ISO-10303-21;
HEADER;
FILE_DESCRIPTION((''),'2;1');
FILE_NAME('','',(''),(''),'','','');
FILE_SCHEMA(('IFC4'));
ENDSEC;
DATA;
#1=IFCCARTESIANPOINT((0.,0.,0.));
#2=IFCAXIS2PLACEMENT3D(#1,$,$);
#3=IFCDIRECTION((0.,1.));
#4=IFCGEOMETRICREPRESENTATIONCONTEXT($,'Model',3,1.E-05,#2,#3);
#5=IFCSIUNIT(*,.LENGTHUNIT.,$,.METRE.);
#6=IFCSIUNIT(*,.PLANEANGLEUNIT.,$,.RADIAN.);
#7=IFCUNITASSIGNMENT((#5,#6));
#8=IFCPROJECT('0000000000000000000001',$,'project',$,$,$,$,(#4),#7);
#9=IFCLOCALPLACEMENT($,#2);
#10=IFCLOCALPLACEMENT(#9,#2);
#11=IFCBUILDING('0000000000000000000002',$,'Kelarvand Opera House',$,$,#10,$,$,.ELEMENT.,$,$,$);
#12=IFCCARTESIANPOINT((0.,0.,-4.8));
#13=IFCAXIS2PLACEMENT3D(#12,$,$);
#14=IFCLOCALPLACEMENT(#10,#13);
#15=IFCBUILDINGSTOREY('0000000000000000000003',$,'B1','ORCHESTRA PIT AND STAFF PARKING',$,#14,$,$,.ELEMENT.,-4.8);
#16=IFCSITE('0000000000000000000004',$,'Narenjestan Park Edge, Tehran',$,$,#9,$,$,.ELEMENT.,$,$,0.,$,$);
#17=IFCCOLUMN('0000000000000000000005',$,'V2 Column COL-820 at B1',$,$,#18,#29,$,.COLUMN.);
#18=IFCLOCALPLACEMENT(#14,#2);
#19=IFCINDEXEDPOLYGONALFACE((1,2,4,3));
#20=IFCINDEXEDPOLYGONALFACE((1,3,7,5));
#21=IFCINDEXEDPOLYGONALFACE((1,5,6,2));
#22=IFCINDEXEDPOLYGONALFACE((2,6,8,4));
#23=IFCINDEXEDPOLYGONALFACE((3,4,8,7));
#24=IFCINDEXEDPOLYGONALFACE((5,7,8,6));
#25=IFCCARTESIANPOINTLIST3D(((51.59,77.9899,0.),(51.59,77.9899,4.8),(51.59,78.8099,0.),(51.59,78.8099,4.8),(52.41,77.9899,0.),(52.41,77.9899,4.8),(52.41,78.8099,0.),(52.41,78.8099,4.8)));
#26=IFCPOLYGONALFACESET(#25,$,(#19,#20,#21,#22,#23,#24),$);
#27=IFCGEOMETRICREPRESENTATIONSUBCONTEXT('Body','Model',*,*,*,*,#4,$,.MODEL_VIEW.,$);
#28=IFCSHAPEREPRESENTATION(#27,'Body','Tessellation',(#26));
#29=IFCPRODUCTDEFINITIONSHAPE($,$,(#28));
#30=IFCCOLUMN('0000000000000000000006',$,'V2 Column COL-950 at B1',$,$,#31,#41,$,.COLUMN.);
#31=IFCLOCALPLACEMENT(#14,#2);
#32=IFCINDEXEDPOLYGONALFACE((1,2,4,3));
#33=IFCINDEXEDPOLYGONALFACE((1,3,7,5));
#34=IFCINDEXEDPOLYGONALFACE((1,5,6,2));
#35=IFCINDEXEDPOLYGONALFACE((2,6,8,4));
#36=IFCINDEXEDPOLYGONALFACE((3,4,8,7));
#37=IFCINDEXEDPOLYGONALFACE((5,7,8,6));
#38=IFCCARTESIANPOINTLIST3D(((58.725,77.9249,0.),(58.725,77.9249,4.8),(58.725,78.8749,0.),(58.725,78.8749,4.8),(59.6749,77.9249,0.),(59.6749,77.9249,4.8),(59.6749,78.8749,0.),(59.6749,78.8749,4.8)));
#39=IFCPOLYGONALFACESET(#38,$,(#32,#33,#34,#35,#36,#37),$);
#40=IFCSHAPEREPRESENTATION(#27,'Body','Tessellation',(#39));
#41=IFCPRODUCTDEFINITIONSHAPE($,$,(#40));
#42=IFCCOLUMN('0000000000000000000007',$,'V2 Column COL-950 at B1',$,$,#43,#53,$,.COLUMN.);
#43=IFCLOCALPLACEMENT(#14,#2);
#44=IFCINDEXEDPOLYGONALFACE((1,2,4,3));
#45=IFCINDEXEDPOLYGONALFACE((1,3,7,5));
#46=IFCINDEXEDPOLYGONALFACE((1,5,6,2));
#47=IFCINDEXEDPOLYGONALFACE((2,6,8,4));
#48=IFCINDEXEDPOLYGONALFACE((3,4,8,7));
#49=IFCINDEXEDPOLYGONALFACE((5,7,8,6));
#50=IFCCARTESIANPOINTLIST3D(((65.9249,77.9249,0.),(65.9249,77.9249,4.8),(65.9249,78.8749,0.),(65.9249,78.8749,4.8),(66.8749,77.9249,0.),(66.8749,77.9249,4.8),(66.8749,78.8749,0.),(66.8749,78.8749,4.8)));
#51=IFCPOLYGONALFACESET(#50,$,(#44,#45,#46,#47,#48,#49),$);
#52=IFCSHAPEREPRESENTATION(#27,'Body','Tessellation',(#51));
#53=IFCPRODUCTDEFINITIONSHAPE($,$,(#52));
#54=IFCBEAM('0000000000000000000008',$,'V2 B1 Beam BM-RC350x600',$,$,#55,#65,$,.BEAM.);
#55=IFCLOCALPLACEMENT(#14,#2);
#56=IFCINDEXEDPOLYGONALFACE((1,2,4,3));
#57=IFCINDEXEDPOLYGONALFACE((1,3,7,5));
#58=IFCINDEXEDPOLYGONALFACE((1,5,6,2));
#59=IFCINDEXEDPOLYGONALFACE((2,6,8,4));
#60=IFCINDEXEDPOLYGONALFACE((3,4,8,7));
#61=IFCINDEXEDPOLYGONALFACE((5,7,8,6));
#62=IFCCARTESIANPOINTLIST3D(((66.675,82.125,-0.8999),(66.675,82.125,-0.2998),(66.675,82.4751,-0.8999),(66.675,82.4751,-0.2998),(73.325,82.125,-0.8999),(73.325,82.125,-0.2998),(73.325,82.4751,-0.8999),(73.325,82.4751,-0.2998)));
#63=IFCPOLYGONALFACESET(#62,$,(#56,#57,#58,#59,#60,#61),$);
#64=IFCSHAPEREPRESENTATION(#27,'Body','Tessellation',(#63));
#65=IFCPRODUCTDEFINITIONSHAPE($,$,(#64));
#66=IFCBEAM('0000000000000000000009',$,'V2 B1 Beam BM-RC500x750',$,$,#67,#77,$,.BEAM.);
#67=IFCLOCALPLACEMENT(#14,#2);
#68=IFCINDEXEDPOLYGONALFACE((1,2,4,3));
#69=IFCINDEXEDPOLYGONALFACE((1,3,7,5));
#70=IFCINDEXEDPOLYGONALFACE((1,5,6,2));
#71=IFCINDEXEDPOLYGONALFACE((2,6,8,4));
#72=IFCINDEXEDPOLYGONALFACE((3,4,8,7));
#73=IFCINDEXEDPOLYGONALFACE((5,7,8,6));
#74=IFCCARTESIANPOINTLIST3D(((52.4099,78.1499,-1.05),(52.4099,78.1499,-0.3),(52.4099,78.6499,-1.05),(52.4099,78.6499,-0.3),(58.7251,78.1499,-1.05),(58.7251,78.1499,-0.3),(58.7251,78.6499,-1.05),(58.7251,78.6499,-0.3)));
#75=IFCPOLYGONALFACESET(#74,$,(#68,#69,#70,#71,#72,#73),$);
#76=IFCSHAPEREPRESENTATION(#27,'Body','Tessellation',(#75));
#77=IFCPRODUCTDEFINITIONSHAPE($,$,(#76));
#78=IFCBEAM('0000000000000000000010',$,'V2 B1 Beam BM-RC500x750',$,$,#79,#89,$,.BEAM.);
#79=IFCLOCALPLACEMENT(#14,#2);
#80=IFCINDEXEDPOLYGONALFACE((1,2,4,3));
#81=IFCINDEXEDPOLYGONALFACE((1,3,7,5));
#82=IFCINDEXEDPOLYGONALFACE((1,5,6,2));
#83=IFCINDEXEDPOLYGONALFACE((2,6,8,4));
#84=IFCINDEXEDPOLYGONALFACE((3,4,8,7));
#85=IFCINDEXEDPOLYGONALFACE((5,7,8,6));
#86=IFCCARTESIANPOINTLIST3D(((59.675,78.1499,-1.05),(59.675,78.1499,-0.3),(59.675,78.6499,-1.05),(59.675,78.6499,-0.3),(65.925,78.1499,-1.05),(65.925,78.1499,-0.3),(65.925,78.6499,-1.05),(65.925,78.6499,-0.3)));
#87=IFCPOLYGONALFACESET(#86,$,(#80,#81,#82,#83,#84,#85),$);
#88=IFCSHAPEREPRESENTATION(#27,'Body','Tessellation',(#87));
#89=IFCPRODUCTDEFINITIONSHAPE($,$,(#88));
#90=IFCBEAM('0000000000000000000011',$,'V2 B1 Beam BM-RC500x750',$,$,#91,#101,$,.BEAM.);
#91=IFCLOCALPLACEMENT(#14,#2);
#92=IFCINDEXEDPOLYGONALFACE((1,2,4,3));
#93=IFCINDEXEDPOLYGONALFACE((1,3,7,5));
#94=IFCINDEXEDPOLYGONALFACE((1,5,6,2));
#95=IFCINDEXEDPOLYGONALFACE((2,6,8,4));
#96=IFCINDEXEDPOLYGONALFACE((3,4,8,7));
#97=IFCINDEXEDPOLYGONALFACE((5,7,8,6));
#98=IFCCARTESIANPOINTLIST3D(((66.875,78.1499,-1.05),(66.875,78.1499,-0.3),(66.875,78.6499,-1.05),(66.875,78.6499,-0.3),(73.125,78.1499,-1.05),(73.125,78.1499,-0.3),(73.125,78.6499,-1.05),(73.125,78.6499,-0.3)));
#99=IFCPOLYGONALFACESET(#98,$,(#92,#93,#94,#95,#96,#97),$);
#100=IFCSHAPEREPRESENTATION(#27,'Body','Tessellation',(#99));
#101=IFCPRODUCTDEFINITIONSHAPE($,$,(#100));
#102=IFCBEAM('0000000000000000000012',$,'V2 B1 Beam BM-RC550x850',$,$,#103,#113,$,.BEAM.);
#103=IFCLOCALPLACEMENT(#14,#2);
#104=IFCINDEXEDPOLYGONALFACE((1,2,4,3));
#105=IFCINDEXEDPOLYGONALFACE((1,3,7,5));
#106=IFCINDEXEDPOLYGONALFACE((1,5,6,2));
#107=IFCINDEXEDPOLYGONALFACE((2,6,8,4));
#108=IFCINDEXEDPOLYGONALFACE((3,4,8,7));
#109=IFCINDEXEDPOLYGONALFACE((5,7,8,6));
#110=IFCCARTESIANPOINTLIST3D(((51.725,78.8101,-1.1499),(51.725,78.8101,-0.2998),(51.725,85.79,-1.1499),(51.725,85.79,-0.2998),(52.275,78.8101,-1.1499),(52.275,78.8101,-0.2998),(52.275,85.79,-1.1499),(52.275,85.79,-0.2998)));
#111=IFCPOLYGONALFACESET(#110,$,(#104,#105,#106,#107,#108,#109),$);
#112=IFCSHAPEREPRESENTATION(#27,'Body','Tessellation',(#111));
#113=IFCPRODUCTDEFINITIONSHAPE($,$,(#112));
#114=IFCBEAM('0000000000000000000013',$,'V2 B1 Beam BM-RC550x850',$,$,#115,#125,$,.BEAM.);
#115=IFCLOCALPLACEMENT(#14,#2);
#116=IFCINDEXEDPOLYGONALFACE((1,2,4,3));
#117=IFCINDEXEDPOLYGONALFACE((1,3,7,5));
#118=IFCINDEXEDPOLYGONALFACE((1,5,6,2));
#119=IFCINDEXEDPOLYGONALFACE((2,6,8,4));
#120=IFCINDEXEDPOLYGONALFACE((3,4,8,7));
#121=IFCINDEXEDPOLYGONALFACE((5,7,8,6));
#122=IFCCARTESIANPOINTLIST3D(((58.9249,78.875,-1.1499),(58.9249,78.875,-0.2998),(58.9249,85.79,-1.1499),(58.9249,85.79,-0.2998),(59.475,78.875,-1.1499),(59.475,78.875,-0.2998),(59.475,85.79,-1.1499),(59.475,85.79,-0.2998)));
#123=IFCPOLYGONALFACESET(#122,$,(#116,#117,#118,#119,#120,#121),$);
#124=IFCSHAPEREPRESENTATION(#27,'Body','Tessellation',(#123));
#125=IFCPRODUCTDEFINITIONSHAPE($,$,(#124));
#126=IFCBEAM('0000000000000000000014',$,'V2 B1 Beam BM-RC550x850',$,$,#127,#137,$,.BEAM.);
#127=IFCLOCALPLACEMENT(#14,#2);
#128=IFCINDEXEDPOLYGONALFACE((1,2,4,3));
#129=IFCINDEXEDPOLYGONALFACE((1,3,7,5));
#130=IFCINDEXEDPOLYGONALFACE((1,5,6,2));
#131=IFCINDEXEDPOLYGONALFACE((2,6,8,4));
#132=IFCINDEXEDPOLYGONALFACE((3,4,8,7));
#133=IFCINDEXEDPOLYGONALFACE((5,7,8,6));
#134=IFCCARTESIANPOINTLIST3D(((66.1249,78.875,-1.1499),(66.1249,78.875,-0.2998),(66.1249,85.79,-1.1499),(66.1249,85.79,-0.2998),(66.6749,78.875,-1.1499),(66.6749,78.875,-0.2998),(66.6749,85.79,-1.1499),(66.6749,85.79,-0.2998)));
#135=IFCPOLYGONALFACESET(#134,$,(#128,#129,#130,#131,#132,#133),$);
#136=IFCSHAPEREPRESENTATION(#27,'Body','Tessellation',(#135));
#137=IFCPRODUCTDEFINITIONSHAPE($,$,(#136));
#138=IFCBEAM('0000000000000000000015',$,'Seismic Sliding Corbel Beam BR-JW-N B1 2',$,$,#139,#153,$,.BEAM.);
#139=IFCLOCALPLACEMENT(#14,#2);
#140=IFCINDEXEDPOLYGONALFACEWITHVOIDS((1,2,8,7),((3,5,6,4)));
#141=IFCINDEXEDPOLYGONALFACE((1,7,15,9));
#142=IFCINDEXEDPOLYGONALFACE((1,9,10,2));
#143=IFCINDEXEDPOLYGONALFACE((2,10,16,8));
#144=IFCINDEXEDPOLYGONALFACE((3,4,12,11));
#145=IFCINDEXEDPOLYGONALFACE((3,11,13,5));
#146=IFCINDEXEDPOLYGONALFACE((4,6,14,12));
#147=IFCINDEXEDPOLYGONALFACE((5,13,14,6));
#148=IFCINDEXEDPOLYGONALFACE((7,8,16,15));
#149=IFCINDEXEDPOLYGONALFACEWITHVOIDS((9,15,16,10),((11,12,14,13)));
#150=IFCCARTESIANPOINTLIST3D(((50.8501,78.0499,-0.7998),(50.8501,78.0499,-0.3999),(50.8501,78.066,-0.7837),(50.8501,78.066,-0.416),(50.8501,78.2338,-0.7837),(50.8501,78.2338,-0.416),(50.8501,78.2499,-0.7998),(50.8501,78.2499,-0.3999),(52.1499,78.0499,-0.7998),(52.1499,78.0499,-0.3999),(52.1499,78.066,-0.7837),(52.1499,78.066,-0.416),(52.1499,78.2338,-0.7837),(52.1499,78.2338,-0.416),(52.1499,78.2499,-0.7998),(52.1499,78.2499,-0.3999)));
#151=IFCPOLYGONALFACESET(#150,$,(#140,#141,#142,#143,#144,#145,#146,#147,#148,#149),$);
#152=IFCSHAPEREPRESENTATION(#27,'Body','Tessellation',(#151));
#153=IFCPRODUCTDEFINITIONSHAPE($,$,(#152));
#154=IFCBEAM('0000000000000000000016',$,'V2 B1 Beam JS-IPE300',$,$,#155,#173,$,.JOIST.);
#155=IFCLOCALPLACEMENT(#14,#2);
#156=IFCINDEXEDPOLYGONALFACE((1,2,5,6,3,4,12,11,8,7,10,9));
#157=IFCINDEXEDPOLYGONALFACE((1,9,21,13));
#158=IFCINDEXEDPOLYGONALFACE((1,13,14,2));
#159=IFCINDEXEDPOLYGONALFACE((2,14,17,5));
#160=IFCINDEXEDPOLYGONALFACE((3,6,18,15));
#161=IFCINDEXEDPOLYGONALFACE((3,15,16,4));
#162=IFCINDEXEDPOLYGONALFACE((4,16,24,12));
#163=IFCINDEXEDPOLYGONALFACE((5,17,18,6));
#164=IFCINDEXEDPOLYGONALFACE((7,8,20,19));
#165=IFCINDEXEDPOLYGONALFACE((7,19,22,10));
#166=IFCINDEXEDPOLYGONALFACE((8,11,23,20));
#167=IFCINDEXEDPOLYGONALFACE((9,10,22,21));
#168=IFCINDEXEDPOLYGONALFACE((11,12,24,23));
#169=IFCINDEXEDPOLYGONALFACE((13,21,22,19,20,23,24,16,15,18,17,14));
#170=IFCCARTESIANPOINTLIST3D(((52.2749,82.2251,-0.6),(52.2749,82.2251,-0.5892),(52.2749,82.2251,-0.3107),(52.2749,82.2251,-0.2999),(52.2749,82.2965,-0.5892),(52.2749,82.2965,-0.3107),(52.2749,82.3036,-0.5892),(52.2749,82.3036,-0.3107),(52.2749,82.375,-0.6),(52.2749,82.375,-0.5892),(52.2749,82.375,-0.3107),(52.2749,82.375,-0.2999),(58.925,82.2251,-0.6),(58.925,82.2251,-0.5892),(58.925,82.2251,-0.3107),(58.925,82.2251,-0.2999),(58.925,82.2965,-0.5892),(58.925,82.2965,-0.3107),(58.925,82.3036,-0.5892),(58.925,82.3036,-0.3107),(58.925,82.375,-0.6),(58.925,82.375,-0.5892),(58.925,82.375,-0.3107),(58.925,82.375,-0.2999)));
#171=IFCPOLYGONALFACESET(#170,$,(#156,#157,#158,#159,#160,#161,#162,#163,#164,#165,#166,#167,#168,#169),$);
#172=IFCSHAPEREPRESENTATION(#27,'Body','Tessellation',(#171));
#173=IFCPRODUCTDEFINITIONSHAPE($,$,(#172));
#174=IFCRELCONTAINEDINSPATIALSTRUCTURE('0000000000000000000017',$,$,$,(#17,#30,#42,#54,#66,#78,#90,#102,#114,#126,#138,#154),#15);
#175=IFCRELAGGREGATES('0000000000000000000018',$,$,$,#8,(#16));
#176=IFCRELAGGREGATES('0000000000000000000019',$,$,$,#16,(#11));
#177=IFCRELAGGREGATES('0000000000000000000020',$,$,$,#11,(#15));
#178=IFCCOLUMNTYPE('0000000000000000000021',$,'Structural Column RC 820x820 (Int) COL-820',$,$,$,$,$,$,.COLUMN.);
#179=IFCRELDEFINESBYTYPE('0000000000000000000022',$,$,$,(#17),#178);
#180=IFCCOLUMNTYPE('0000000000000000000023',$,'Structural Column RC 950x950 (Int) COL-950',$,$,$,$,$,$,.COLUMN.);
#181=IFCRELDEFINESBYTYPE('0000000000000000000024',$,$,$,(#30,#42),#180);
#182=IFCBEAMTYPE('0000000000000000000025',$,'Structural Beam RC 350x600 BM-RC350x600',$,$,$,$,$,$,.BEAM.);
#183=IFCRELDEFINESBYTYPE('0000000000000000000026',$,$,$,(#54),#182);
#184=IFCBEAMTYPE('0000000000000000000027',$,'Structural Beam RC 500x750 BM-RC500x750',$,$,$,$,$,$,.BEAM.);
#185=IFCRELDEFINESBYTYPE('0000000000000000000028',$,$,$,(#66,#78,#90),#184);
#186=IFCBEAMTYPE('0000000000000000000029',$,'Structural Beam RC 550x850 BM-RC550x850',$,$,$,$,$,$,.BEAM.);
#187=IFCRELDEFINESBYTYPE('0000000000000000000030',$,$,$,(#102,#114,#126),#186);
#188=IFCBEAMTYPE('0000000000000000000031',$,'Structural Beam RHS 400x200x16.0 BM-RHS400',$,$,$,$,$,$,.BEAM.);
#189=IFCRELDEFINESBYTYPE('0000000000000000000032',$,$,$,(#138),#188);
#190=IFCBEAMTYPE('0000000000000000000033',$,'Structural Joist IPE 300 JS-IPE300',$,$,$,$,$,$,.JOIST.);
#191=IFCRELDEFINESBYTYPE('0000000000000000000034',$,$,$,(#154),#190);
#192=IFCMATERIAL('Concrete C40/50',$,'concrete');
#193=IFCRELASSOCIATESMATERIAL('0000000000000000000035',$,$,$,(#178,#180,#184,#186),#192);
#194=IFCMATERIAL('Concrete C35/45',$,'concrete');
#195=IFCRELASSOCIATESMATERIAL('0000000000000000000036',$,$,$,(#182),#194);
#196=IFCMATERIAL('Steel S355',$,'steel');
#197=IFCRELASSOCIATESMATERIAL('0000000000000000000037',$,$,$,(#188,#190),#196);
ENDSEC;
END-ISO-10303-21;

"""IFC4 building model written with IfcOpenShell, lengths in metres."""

from ifc_helpers import new_model, si_unit, direction, frame, origin, origin_2d, place, context, subcontext, project, spatial, rectangle, hollow_rectangle, i_section, extrude, material, material_profile, profile_set, type_object, element, save


model = new_model("IFC4")

# Units and contexts
model_context = context("Model", 3, precision=1e-05, world=origin(), true_north=direction((0.0, 1.0)))
body_context = subcontext(model_context, "Body", "Model", "MODEL_VIEW")
ifc_project = project(units=[si_unit("LENGTHUNIT", "METRE"), si_unit("PLANEANGLEUNIT", "RADIAN")], contexts=[model_context])

# Site, building, storey
site_placement = place(None, origin())
site = spatial("IfcSite", under=ifc_project, at=site_placement, Name="Narenjestan Park Edge, Tehran", CompositionType="ELEMENT", RefElevation=0.0)
building_placement = place(site_placement, origin())
building = spatial("IfcBuilding", under=site, at=building_placement, Name="Kelarvand Opera House", CompositionType="ELEMENT")
storey_placement = place(building_placement, frame((0.0, 0.0, -4.8)))
storey = spatial("IfcBuildingStorey", under=building, at=storey_placement, Name="B1", Description="ORCHESTRA PIT AND STAFF PARKING", CompositionType="ELEMENT", Elevation=-4.8)

# Columns
ifc_material_1 = material(Name="Concrete C40/50", Category="concrete")
ifc_material_profile_1 = material_profile(ifc_material_1, rectangle(XDim=0.8201, YDim=0.8201, at=origin_2d()), Name="RC 820x820", Category="concrete")
ifc_profile_set_1 = profile_set([ifc_material_profile_1], Name="Concrete C40/50")
column_type_1 = type_object("IfcColumnType", Name="Structural Column RC 820x820 (Int) COL-820", PredefinedType="COLUMN", material=ifc_profile_set_1)
column_placement = place(storey_placement, frame((52.0, 78.3999, 0.0), z_axis=(0.0, 0.0, 1.0), x_axis=(1.0, 0.0, 0.0)))
element("IfcColumn", 1, at=column_placement, inside=storey, type_object=column_type_1, Name="V2 Column COL-820 at B1", PredefinedType="COLUMN", context=body_context, shape_type="SweptSolid", body=[
    extrude(rectangle(XDim=0.8201, YDim=0.8201, at=origin_2d()), origin(), (0.0, 0.0, 1.0), 4.8),
])
ifc_material_profile_2 = material_profile(ifc_material_1, rectangle(XDim=0.95, YDim=0.95, at=origin_2d()), Name="RC 950x950", Category="concrete")
ifc_profile_set_2 = profile_set([ifc_material_profile_2], Name="Concrete C40/50")
column_type_2 = type_object("IfcColumnType", Name="Structural Column RC 950x950 (Int) COL-950", PredefinedType="COLUMN", material=ifc_profile_set_2)
for number, where, z_axis, x_axis, name in (
    (2, (59.2, 78.3999, 0.0), (0.0, 0.0, 1.0), (1.0, 0.0, 0.0), "V2 Column COL-950 at B1"),
    (3, (66.3999, 78.3999, 0.0), (0.0, 0.0, 1.0), (1.0, 0.0, 0.0), "V2 Column COL-950 at B1"),
):
    element("IfcColumn", number, at=place(storey_placement, frame(where, z_axis=z_axis, x_axis=x_axis)), inside=storey, type_object=column_type_2, Name=name, PredefinedType="COLUMN", context=body_context, shape_type="SweptSolid", body=[
        extrude(rectangle(XDim=0.95, YDim=0.95, at=origin_2d()), origin(), (0.0, 0.0, 1.0), 4.8),
    ])

# Beams
ifc_material_2 = material(Name="Concrete C35/45", Category="concrete")
ifc_material_profile_3 = material_profile(ifc_material_2, rectangle(XDim=0.3501, YDim=0.6001, at=origin_2d()), Name="RC 350x600", Category="concrete")
ifc_profile_set_3 = profile_set([ifc_material_profile_3], Name="Concrete C35/45")
beam_type_1 = type_object("IfcBeamType", Name="Structural Beam RC 350x600 BM-RC350x600", PredefinedType="BEAM", material=ifc_profile_set_3)
beam_1_placement = place(storey_placement, frame((66.675, 82.3, -0.5999), z_axis=(1.0, 0.0, 0.0), x_axis=(0.0, 1.0, 0.0)))
element("IfcBeam", 4, at=beam_1_placement, inside=storey, type_object=beam_type_1, Name="V2 B1 Beam BM-RC350x600", PredefinedType="BEAM", context=body_context, shape_type="SweptSolid", body=[
    extrude(rectangle(XDim=0.3501, YDim=0.6001, at=origin_2d()), origin(), (0.0, 0.0, 1.0), 6.6499),
])
ifc_material_profile_4 = material_profile(ifc_material_1, rectangle(XDim=0.5, YDim=0.75, at=origin_2d()), Name="RC 500x750", Category="concrete")
ifc_profile_set_4 = profile_set([ifc_material_profile_4], Name="Concrete C40/50")
beam_type_2 = type_object("IfcBeamType", Name="Structural Beam RC 500x750 BM-RC500x750", PredefinedType="BEAM", material=ifc_profile_set_4)
beam_2_placement = place(storey_placement, frame((52.4099, 78.3999, -0.675), z_axis=(1.0, 0.0, 0.0), x_axis=(0.0, 1.0, 0.0)))
element("IfcBeam", 5, at=beam_2_placement, inside=storey, type_object=beam_type_2, Name="V2 B1 Beam BM-RC500x750", PredefinedType="BEAM", context=body_context, shape_type="SweptSolid", body=[
    extrude(rectangle(XDim=0.5, YDim=0.75, at=origin_2d()), origin(), (0.0, 0.0, 1.0), 6.3152),
])
for number, where, z_axis, x_axis, name in (
    (6, (59.675, 78.3999, -0.675), (1.0, 0.0, 0.0), (0.0, 1.0, 0.0), "V2 B1 Beam BM-RC500x750"),
    (7, (66.875, 78.3999, -0.675), (1.0, 0.0, 0.0), (0.0, 1.0, 0.0), "V2 B1 Beam BM-RC500x750"),
):
    element("IfcBeam", number, at=place(storey_placement, frame(where, z_axis=z_axis, x_axis=x_axis)), inside=storey, type_object=beam_type_2, Name=name, PredefinedType="BEAM", context=body_context, shape_type="SweptSolid", body=[
        extrude(rectangle(XDim=0.5, YDim=0.75, at=origin_2d()), origin(), (0.0, 0.0, 1.0), 6.25),
    ])
ifc_material_profile_5 = material_profile(ifc_material_1, rectangle(XDim=0.55, YDim=0.8501, at=origin_2d()), Name="RC 550x850", Category="concrete")
ifc_profile_set_5 = profile_set([ifc_material_profile_5], Name="Concrete C40/50")
beam_type_3 = type_object("IfcBeamType", Name="Structural Beam RC 550x850 BM-RC550x850", PredefinedType="BEAM", material=ifc_profile_set_5)
beam_3_placement = place(storey_placement, frame((52.0, 78.8101, -0.7249), z_axis=(0.0, 1.0, 0.0), x_axis=(-1.0, 0.0, 0.0)))
element("IfcBeam", 8, at=beam_3_placement, inside=storey, type_object=beam_type_3, Name="V2 B1 Beam BM-RC550x850", PredefinedType="BEAM", context=body_context, shape_type="SweptSolid", body=[
    extrude(rectangle(XDim=0.55, YDim=0.8501, at=origin_2d()), origin(), (0.0, 0.0, 1.0), 6.98),
])
for number, where, z_axis, x_axis, name in (
    (9, (59.2, 78.875, -0.7249), (0.0, 1.0, 0.0), (-1.0, 0.0, 0.0), "V2 B1 Beam BM-RC550x850"),
    (10, (66.3999, 78.875, -0.7249), (0.0, 1.0, 0.0), (-1.0, 0.0, 0.0), "V2 B1 Beam BM-RC550x850"),
):
    element("IfcBeam", number, at=place(storey_placement, frame(where, z_axis=z_axis, x_axis=x_axis)), inside=storey, type_object=beam_type_3, Name=name, PredefinedType="BEAM", context=body_context, shape_type="SweptSolid", body=[
        extrude(rectangle(XDim=0.55, YDim=0.8501, at=origin_2d()), origin(), (0.0, 0.0, 1.0), 6.915),
    ])
ifc_material_3 = material(Name="Steel S355", Category="steel")
ifc_material_profile_6 = material_profile(ifc_material_3, hollow_rectangle(XDim=0.2, YDim=0.3999, WallThickness=0.0161, at=origin_2d()), Name="RHS 400x200x16.0", Category="steel")
ifc_profile_set_6 = profile_set([ifc_material_profile_6], Name="Steel S355")
beam_type_4 = type_object("IfcBeamType", Name="Structural Beam RHS 400x200x16.0 BM-RHS400", PredefinedType="BEAM", material=ifc_profile_set_6)
beam_4_placement = place(storey_placement, frame((50.8501, 78.1499, -0.5999), z_axis=(1.0, 0.0, 0.0), x_axis=(0.0, 1.0, 0.0)))
element("IfcBeam", 11, at=beam_4_placement, inside=storey, type_object=beam_type_4, Name="Seismic Sliding Corbel Beam BR-JW-N B1 2", PredefinedType="BEAM", context=body_context, shape_type="SweptSolid", body=[
    extrude(hollow_rectangle(XDim=0.2, YDim=0.3999, WallThickness=0.0161, at=origin_2d()), origin(), (0.0, 0.0, 1.0), 1.2998),
])
ifc_material_profile_7 = material_profile(ifc_material_3, i_section(OverallWidth=0.1499, OverallDepth=0.3, WebThickness=0.0071, FlangeThickness=0.0107, at=origin_2d()), Name="IPE 300", Category="steel")
ifc_profile_set_7 = profile_set([ifc_material_profile_7], Name="Steel S355")
beam_type_5 = type_object("IfcBeamType", Name="Structural Joist IPE 300 JS-IPE300", PredefinedType="JOIST", material=ifc_profile_set_7)
beam_5_placement = place(storey_placement, frame((52.2749, 82.3, -0.45), z_axis=(1.0, 0.0, 0.0), x_axis=(0.0, 1.0, 0.0)))
element("IfcBeam", 12, at=beam_5_placement, inside=storey, type_object=beam_type_5, Name="V2 B1 Beam JS-IPE300", PredefinedType="JOIST", context=body_context, shape_type="SweptSolid", body=[
    extrude(i_section(OverallWidth=0.1499, OverallDepth=0.3, WebThickness=0.0071, FlangeThickness=0.0107, at=origin_2d()), origin(), (0.0, 0.0, 1.0), 6.6501),
])

save(model, "model.ifc")
